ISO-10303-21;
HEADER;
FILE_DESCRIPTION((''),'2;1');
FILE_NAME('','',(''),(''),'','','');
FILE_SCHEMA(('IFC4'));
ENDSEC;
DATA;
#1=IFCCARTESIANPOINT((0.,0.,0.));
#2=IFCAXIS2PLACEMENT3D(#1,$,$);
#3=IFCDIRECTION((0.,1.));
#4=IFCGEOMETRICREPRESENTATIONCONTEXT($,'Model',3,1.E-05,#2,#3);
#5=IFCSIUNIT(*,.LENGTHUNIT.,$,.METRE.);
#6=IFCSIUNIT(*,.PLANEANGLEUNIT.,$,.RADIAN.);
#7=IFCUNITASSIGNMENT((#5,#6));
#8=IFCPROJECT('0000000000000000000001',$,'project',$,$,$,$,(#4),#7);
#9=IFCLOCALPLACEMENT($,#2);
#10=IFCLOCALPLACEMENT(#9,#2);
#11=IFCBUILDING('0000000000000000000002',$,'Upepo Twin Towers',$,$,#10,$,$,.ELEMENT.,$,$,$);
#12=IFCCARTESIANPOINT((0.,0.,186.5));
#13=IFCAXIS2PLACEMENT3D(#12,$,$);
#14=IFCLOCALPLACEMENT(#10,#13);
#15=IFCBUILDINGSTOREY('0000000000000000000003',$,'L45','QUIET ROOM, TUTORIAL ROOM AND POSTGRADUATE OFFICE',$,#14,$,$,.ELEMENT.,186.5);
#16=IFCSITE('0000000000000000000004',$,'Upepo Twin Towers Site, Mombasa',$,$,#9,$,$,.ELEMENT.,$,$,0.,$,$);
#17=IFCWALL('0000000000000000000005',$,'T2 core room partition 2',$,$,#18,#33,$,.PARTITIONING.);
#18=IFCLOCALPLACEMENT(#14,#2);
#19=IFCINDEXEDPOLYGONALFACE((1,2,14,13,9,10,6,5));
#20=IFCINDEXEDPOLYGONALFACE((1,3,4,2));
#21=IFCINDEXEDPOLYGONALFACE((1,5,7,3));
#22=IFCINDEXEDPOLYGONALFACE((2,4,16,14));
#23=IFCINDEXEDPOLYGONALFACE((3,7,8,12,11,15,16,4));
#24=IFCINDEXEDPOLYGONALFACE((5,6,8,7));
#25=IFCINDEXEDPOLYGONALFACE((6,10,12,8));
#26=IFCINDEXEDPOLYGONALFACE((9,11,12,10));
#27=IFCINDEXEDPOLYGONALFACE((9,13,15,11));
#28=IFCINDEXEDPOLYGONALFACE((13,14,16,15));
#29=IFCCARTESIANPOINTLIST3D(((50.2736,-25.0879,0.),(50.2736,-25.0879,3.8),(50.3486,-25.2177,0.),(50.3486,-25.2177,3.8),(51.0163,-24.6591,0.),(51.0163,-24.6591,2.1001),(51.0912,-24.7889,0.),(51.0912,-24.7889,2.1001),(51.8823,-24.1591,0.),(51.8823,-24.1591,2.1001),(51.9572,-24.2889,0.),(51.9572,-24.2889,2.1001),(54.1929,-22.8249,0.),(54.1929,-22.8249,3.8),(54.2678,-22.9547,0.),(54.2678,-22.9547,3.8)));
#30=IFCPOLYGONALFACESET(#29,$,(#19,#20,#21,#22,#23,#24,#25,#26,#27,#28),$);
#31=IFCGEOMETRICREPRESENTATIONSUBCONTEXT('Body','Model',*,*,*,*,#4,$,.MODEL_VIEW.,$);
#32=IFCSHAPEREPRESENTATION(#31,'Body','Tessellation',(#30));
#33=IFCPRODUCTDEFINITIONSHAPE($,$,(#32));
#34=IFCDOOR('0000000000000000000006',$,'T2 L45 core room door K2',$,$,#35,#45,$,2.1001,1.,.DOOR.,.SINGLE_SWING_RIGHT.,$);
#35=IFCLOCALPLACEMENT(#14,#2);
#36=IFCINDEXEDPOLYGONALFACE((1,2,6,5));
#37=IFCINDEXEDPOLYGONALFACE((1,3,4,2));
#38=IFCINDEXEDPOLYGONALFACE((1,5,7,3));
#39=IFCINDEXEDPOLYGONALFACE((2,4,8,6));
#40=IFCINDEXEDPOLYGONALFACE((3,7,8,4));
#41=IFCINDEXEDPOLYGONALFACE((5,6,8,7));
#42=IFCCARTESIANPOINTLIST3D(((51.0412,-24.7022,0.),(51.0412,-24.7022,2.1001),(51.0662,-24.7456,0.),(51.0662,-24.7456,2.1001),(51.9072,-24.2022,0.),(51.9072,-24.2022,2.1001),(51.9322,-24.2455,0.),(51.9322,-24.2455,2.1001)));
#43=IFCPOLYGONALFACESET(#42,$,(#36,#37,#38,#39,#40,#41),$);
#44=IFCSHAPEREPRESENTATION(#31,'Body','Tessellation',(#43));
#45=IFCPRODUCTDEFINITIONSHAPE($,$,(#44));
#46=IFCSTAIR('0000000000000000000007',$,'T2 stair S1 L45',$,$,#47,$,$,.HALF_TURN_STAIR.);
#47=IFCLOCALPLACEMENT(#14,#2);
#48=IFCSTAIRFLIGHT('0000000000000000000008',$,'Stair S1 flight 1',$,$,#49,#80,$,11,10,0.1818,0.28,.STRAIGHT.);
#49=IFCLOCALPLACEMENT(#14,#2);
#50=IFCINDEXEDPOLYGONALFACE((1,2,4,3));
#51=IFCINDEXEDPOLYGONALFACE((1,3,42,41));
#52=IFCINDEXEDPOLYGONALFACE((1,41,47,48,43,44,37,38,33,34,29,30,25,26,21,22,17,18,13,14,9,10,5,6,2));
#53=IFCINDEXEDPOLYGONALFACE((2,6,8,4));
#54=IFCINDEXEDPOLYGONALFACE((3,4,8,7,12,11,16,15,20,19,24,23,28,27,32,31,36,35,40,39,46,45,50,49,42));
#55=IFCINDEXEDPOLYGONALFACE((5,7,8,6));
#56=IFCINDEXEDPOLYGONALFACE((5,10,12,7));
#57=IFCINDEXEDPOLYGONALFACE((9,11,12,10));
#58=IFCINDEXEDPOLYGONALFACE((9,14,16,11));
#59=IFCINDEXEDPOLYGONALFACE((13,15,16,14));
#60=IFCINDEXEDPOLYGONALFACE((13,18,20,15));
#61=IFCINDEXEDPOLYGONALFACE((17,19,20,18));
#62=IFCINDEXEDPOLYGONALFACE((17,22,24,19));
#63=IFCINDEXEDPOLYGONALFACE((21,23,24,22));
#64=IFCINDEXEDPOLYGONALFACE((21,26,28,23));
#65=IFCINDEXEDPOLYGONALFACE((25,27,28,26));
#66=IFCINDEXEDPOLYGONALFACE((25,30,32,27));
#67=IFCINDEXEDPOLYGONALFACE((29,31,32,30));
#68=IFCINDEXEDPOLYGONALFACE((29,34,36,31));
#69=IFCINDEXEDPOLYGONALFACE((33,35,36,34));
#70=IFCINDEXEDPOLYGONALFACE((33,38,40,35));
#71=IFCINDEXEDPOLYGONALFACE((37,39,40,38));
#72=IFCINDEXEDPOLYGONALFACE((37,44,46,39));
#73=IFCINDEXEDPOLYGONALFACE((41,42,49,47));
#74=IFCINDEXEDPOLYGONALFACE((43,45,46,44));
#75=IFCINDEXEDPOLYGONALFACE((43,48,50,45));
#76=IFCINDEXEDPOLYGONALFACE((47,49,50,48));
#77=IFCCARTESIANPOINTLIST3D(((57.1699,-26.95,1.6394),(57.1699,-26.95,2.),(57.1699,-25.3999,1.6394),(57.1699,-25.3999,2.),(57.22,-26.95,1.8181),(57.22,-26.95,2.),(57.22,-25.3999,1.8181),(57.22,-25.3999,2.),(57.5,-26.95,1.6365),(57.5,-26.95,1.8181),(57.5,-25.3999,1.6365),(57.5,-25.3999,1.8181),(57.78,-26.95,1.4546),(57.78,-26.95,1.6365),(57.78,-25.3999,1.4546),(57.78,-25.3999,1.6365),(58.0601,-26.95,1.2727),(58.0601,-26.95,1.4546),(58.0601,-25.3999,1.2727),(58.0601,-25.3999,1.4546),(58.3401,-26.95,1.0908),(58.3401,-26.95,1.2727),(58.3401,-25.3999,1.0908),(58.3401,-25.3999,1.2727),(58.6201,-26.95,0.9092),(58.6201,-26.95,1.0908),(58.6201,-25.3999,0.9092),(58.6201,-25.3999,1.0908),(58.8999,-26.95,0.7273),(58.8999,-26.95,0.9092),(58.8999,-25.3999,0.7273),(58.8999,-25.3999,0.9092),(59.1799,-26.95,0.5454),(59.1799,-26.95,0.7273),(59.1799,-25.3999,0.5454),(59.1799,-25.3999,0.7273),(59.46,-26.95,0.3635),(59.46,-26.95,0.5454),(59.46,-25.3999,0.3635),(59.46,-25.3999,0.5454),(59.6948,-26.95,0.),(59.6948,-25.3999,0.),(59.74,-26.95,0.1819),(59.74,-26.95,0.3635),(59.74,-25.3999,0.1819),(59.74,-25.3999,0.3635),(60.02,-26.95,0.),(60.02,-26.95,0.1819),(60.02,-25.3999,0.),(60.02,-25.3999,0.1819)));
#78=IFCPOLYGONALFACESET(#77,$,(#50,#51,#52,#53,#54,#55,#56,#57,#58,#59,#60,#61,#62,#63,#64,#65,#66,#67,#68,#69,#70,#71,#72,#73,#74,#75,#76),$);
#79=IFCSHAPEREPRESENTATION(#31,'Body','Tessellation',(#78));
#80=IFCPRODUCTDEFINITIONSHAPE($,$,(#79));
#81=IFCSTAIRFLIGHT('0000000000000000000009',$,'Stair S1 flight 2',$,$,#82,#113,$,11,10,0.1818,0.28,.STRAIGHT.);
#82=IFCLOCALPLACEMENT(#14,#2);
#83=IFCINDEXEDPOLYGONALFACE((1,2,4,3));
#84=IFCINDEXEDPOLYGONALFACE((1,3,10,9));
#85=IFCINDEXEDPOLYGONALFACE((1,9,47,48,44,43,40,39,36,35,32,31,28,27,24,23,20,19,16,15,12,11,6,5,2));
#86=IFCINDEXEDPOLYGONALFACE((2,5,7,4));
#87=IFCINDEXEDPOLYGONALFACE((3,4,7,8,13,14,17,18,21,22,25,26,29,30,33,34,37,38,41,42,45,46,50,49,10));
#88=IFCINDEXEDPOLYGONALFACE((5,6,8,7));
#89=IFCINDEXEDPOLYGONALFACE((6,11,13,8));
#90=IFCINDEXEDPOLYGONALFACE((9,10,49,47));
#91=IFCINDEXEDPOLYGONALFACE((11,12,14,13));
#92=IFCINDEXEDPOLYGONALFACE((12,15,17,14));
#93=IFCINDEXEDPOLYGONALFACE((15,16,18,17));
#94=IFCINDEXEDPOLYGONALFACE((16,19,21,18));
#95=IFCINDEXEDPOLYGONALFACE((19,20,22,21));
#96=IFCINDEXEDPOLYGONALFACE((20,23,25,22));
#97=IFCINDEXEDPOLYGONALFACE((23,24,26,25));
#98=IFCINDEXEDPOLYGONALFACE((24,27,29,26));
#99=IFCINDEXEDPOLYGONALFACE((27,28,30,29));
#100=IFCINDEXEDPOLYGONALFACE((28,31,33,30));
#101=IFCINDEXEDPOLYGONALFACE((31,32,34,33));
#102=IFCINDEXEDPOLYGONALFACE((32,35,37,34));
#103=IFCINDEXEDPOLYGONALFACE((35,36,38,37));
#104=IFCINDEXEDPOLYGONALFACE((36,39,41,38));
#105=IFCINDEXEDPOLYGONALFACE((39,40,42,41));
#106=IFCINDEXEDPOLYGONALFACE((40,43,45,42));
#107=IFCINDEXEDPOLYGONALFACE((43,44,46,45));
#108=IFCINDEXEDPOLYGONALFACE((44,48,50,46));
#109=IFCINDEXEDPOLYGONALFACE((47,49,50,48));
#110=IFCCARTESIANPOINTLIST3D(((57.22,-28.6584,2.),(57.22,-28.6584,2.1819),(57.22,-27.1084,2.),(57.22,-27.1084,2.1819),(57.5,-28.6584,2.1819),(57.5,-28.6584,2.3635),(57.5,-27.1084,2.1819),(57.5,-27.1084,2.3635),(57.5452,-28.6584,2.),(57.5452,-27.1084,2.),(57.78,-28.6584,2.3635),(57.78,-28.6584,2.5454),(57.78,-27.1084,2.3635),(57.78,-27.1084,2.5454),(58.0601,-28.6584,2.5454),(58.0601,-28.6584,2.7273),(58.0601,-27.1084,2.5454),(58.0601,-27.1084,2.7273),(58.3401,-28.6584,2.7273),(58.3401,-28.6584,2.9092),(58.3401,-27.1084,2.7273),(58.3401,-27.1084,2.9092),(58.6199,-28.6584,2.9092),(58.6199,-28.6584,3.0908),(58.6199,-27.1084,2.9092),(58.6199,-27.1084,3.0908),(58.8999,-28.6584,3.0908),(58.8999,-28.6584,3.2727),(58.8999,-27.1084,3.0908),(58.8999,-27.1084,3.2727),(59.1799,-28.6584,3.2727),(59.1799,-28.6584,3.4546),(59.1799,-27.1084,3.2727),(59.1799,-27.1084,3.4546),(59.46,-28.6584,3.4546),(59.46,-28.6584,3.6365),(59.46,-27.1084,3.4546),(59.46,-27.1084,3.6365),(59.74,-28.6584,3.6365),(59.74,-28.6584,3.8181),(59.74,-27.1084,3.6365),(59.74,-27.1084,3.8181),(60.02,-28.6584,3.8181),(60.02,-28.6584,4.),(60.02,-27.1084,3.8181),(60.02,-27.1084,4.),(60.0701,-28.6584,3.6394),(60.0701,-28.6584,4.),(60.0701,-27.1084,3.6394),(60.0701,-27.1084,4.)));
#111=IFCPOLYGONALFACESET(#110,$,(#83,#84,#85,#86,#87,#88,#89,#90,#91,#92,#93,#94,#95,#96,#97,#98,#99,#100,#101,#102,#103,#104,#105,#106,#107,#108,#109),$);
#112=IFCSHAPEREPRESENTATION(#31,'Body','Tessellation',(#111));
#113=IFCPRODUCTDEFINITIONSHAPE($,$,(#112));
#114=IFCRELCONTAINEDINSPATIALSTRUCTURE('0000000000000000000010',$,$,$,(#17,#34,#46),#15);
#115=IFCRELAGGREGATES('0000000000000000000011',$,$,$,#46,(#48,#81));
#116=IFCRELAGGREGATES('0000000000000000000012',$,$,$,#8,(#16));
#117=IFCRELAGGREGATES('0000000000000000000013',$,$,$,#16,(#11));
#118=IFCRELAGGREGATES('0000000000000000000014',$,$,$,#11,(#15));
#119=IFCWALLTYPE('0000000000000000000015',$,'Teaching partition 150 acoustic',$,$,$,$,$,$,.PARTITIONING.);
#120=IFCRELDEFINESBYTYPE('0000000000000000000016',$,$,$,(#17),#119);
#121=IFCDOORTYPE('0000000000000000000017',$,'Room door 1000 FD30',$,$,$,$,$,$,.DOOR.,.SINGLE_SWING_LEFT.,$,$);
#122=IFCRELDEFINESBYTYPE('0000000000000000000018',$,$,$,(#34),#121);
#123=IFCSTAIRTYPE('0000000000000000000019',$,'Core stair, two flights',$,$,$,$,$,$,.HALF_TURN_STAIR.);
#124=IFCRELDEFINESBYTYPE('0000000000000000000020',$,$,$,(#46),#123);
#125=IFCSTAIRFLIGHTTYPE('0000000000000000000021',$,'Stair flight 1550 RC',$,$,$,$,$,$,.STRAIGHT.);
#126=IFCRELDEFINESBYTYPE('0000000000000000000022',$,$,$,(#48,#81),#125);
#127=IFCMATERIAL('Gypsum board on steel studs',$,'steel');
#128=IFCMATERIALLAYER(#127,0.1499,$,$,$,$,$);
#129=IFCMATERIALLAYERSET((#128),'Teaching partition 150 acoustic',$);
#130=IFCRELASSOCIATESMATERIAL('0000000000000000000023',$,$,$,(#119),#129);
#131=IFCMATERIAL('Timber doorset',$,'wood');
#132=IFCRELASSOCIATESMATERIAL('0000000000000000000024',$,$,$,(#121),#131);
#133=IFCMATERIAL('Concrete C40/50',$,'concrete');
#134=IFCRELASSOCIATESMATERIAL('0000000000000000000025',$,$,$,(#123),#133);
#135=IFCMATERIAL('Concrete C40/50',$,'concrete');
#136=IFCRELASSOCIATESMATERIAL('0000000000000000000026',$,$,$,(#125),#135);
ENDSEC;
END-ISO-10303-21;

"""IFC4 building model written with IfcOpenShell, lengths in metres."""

from ifc_helpers import new_model, si_unit, direction, frame, frame_2d, origin, place, context, subcontext, project, spatial, polyline, rectangle, outline, extrude, material, layer, layer_set, type_object, element, fill, aggregate, save


model = new_model("IFC4")

# Units and contexts
model_context = context("Model", 3, precision=1e-05, world=origin(), true_north=direction((0.0, 1.0)))
body_context = subcontext(model_context, "Body", "Model", "MODEL_VIEW")
ifc_project = project(units=[si_unit("LENGTHUNIT", "METRE"), si_unit("PLANEANGLEUNIT", "RADIAN")], contexts=[model_context])

# Site, building, storey
site_placement = place(None, origin())
site = spatial("IfcSite", under=ifc_project, at=site_placement, Name="Upepo Twin Towers Site, Mombasa", CompositionType="ELEMENT", RefElevation=0.0)
building_placement = place(site_placement, origin())
building = spatial("IfcBuilding", under=site, at=building_placement, Name="Upepo Twin Towers", CompositionType="ELEMENT")
storey_placement = place(building_placement, frame((0.0, 0.0, 186.5)))
storey = spatial("IfcBuildingStorey", under=building, at=storey_placement, Name="L45", Description="QUIET ROOM, TUTORIAL ROOM AND POSTGRADUATE OFFICE", CompositionType="ELEMENT", Elevation=186.5)

# Wall, opening, door
ifc_material_1 = material(Name="Gypsum board on steel studs", Category="steel")
ifc_layer_1 = layer(ifc_material_1, 0.1499)
ifc_layer_set_1 = layer_set([ifc_layer_1], Name="Teaching partition 150 acoustic")
wall_type_1 = type_object("IfcWallType", Name="Teaching partition 150 acoustic", PredefinedType="PARTITIONING", material=ifc_layer_set_1)
wall_1_placement = place(storey_placement, frame((54.2302, -22.8899, 0.0), z_axis=(0.0, 0.0, 1.0), x_axis=(-0.866007, -0.500032, 0.0)))
wall_1 = element("IfcWall", 1, at=wall_1_placement, inside=storey, type_object=wall_type_1, Name="T2 core room partition 2", PredefinedType="PARTITIONING", context=body_context, shape_type="SweptSolid", body=[
    extrude(rectangle(XDim=4.5256, YDim=0.1499, at=frame_2d((2.2627, 0.0))), origin(), (0.0, 0.0, 1.0), 3.8),
])
opening_1_placement = place(wall_1_placement, frame((2.668, 0.0, 0.0)))
opening_1 = element("IfcOpeningElement", 2, at=opening_1_placement, cuts=wall_1, PredefinedType="OPENING", context=body_context, shape_type="SweptSolid", body=[
    extrude(rectangle(XDim=1.0, YDim=2.1001, at=frame_2d((0.5, 1.05))), frame((0.0, 0.085, 0.0), z_axis=(0.0, -1.0, 0.0), x_axis=(1.0, 0.0, 0.0)), (0.0, 0.0, 1.0), 0.1699),
])
ifc_material_2 = material(Name="Timber doorset", Category="wood")
door_type_1 = type_object("IfcDoorType", Name="Room door 1000 FD30", OperationType="SINGLE_SWING_LEFT", PredefinedType="DOOR", material=ifc_material_2)
door_1_placement = place(opening_1_placement, origin())
door_1 = element("IfcDoor", 3, at=door_1_placement, inside=storey, type_object=door_type_1, Name="T2 L45 core room door K2", OperationType="SINGLE_SWING_RIGHT", OverallHeight=2.1001, OverallWidth=1.0, PredefinedType="DOOR", context=body_context, shape_type="SweptSolid", body=[
    extrude(rectangle(XDim=1.0, YDim=2.1001, at=frame_2d((0.5, 1.05))), frame((0.0, 0.0249, 0.0), z_axis=(0.0, -1.0, 0.0), x_axis=(1.0, 0.0, 0.0)), (0.0, 0.0, 1.0), 0.05),
])
fill(opening_1, door_1)

# Stair, stair flights
ifc_material_3 = material(Name="Concrete C40/50", Category="concrete")
stair_type = type_object("IfcStairType", Name="Core stair, two flights", PredefinedType="HALF_TURN_STAIR", material=ifc_material_3)
stair_placement = place(storey_placement, origin())
stair = element("IfcStair", 4, at=stair_placement, inside=storey, type_object=stair_type, Name="T2 stair S1 L45", PredefinedType="HALF_TURN_STAIR")
ifc_material_4 = material(Name="Concrete C40/50", Category="concrete")
stair_flight_type = type_object("IfcStairFlightType", Name="Stair flight 1550 RC", PredefinedType="STRAIGHT", material=ifc_material_4)
stair_flight_1_placement = place(storey_placement, frame((60.02, -26.175, 0.0), z_axis=(0.0, 0.0, 1.0), x_axis=(-1.0, 0.0, 0.0)))
stair_flight_1 = element("IfcStairFlight", 5, at=stair_flight_1_placement, type_object=stair_flight_type, Name="Stair S1 flight 1", NumberOfRisers=11, NumberOfTreads=10, PredefinedType="STRAIGHT", RiserHeight=0.1818, TreadLength=0.28, context=body_context, shape_type="SweptSolid", body=[
    extrude(outline(polyline([(0.0, 0.0), (0.0, 0.1819), (0.28, 0.1819), (0.28, 0.3635), (0.5601, 0.3635), (0.5601, 0.5454), (0.8401, 0.5454), (0.8401, 0.7273), (1.1201, 0.7273), (1.1201, 0.9092), (1.3999, 0.9092), (1.3999, 1.0908), (1.6799, 1.0908), (1.6799, 1.2727), (1.96, 1.2727), (1.96, 1.4546), (2.24, 1.4546), (2.24, 1.6365), (2.52, 1.6365), (2.52, 1.8181), (2.8, 1.8181), (2.8, 2.0), (2.8501, 2.0), (2.8501, 1.6394), (0.3252, 0.0), (0.0, 0.0)])), frame((0.0, 0.7749, 0.0), z_axis=(0.0, -1.0, 0.0), x_axis=(1.0, 0.0, 0.0)), (0.0, 0.0, 1.0), 1.55),
])
stair_flight_2_placement = place(storey_placement, frame((57.22, -27.8833, 2.0), z_axis=(0.0, 0.0, 1.0), x_axis=(1.0, 0.0, 0.0)))
stair_flight_2 = element("IfcStairFlight", 6, at=stair_flight_2_placement, type_object=stair_flight_type, Name="Stair S1 flight 2", NumberOfRisers=11, NumberOfTreads=10, PredefinedType="STRAIGHT", RiserHeight=0.1818, TreadLength=0.28, context=body_context, shape_type="SweptSolid", body=[
    extrude(outline(polyline([(0.0, 0.0), (0.0, 0.1819), (0.28, 0.1819), (0.28, 0.3635), (0.5601, 0.3635), (0.5601, 0.5454), (0.8401, 0.5454), (0.8401, 0.7273), (1.1201, 0.7273), (1.1201, 0.9092), (1.3999, 0.9092), (1.3999, 1.0908), (1.6799, 1.0908), (1.6799, 1.2727), (1.96, 1.2727), (1.96, 1.4546), (2.24, 1.4546), (2.24, 1.6365), (2.52, 1.6365), (2.52, 1.8181), (2.8, 1.8181), (2.8, 2.0), (2.8501, 2.0), (2.8501, 1.6394), (0.3252, 0.0), (0.0, 0.0)])), frame((0.0, 0.7749, 0.0), z_axis=(0.0, -1.0, 0.0), x_axis=(1.0, 0.0, 0.0)), (0.0, 0.0, 1.0), 1.55),
])
aggregate(stair, [stair_flight_1, stair_flight_2])

save(model, "model.ifc")
